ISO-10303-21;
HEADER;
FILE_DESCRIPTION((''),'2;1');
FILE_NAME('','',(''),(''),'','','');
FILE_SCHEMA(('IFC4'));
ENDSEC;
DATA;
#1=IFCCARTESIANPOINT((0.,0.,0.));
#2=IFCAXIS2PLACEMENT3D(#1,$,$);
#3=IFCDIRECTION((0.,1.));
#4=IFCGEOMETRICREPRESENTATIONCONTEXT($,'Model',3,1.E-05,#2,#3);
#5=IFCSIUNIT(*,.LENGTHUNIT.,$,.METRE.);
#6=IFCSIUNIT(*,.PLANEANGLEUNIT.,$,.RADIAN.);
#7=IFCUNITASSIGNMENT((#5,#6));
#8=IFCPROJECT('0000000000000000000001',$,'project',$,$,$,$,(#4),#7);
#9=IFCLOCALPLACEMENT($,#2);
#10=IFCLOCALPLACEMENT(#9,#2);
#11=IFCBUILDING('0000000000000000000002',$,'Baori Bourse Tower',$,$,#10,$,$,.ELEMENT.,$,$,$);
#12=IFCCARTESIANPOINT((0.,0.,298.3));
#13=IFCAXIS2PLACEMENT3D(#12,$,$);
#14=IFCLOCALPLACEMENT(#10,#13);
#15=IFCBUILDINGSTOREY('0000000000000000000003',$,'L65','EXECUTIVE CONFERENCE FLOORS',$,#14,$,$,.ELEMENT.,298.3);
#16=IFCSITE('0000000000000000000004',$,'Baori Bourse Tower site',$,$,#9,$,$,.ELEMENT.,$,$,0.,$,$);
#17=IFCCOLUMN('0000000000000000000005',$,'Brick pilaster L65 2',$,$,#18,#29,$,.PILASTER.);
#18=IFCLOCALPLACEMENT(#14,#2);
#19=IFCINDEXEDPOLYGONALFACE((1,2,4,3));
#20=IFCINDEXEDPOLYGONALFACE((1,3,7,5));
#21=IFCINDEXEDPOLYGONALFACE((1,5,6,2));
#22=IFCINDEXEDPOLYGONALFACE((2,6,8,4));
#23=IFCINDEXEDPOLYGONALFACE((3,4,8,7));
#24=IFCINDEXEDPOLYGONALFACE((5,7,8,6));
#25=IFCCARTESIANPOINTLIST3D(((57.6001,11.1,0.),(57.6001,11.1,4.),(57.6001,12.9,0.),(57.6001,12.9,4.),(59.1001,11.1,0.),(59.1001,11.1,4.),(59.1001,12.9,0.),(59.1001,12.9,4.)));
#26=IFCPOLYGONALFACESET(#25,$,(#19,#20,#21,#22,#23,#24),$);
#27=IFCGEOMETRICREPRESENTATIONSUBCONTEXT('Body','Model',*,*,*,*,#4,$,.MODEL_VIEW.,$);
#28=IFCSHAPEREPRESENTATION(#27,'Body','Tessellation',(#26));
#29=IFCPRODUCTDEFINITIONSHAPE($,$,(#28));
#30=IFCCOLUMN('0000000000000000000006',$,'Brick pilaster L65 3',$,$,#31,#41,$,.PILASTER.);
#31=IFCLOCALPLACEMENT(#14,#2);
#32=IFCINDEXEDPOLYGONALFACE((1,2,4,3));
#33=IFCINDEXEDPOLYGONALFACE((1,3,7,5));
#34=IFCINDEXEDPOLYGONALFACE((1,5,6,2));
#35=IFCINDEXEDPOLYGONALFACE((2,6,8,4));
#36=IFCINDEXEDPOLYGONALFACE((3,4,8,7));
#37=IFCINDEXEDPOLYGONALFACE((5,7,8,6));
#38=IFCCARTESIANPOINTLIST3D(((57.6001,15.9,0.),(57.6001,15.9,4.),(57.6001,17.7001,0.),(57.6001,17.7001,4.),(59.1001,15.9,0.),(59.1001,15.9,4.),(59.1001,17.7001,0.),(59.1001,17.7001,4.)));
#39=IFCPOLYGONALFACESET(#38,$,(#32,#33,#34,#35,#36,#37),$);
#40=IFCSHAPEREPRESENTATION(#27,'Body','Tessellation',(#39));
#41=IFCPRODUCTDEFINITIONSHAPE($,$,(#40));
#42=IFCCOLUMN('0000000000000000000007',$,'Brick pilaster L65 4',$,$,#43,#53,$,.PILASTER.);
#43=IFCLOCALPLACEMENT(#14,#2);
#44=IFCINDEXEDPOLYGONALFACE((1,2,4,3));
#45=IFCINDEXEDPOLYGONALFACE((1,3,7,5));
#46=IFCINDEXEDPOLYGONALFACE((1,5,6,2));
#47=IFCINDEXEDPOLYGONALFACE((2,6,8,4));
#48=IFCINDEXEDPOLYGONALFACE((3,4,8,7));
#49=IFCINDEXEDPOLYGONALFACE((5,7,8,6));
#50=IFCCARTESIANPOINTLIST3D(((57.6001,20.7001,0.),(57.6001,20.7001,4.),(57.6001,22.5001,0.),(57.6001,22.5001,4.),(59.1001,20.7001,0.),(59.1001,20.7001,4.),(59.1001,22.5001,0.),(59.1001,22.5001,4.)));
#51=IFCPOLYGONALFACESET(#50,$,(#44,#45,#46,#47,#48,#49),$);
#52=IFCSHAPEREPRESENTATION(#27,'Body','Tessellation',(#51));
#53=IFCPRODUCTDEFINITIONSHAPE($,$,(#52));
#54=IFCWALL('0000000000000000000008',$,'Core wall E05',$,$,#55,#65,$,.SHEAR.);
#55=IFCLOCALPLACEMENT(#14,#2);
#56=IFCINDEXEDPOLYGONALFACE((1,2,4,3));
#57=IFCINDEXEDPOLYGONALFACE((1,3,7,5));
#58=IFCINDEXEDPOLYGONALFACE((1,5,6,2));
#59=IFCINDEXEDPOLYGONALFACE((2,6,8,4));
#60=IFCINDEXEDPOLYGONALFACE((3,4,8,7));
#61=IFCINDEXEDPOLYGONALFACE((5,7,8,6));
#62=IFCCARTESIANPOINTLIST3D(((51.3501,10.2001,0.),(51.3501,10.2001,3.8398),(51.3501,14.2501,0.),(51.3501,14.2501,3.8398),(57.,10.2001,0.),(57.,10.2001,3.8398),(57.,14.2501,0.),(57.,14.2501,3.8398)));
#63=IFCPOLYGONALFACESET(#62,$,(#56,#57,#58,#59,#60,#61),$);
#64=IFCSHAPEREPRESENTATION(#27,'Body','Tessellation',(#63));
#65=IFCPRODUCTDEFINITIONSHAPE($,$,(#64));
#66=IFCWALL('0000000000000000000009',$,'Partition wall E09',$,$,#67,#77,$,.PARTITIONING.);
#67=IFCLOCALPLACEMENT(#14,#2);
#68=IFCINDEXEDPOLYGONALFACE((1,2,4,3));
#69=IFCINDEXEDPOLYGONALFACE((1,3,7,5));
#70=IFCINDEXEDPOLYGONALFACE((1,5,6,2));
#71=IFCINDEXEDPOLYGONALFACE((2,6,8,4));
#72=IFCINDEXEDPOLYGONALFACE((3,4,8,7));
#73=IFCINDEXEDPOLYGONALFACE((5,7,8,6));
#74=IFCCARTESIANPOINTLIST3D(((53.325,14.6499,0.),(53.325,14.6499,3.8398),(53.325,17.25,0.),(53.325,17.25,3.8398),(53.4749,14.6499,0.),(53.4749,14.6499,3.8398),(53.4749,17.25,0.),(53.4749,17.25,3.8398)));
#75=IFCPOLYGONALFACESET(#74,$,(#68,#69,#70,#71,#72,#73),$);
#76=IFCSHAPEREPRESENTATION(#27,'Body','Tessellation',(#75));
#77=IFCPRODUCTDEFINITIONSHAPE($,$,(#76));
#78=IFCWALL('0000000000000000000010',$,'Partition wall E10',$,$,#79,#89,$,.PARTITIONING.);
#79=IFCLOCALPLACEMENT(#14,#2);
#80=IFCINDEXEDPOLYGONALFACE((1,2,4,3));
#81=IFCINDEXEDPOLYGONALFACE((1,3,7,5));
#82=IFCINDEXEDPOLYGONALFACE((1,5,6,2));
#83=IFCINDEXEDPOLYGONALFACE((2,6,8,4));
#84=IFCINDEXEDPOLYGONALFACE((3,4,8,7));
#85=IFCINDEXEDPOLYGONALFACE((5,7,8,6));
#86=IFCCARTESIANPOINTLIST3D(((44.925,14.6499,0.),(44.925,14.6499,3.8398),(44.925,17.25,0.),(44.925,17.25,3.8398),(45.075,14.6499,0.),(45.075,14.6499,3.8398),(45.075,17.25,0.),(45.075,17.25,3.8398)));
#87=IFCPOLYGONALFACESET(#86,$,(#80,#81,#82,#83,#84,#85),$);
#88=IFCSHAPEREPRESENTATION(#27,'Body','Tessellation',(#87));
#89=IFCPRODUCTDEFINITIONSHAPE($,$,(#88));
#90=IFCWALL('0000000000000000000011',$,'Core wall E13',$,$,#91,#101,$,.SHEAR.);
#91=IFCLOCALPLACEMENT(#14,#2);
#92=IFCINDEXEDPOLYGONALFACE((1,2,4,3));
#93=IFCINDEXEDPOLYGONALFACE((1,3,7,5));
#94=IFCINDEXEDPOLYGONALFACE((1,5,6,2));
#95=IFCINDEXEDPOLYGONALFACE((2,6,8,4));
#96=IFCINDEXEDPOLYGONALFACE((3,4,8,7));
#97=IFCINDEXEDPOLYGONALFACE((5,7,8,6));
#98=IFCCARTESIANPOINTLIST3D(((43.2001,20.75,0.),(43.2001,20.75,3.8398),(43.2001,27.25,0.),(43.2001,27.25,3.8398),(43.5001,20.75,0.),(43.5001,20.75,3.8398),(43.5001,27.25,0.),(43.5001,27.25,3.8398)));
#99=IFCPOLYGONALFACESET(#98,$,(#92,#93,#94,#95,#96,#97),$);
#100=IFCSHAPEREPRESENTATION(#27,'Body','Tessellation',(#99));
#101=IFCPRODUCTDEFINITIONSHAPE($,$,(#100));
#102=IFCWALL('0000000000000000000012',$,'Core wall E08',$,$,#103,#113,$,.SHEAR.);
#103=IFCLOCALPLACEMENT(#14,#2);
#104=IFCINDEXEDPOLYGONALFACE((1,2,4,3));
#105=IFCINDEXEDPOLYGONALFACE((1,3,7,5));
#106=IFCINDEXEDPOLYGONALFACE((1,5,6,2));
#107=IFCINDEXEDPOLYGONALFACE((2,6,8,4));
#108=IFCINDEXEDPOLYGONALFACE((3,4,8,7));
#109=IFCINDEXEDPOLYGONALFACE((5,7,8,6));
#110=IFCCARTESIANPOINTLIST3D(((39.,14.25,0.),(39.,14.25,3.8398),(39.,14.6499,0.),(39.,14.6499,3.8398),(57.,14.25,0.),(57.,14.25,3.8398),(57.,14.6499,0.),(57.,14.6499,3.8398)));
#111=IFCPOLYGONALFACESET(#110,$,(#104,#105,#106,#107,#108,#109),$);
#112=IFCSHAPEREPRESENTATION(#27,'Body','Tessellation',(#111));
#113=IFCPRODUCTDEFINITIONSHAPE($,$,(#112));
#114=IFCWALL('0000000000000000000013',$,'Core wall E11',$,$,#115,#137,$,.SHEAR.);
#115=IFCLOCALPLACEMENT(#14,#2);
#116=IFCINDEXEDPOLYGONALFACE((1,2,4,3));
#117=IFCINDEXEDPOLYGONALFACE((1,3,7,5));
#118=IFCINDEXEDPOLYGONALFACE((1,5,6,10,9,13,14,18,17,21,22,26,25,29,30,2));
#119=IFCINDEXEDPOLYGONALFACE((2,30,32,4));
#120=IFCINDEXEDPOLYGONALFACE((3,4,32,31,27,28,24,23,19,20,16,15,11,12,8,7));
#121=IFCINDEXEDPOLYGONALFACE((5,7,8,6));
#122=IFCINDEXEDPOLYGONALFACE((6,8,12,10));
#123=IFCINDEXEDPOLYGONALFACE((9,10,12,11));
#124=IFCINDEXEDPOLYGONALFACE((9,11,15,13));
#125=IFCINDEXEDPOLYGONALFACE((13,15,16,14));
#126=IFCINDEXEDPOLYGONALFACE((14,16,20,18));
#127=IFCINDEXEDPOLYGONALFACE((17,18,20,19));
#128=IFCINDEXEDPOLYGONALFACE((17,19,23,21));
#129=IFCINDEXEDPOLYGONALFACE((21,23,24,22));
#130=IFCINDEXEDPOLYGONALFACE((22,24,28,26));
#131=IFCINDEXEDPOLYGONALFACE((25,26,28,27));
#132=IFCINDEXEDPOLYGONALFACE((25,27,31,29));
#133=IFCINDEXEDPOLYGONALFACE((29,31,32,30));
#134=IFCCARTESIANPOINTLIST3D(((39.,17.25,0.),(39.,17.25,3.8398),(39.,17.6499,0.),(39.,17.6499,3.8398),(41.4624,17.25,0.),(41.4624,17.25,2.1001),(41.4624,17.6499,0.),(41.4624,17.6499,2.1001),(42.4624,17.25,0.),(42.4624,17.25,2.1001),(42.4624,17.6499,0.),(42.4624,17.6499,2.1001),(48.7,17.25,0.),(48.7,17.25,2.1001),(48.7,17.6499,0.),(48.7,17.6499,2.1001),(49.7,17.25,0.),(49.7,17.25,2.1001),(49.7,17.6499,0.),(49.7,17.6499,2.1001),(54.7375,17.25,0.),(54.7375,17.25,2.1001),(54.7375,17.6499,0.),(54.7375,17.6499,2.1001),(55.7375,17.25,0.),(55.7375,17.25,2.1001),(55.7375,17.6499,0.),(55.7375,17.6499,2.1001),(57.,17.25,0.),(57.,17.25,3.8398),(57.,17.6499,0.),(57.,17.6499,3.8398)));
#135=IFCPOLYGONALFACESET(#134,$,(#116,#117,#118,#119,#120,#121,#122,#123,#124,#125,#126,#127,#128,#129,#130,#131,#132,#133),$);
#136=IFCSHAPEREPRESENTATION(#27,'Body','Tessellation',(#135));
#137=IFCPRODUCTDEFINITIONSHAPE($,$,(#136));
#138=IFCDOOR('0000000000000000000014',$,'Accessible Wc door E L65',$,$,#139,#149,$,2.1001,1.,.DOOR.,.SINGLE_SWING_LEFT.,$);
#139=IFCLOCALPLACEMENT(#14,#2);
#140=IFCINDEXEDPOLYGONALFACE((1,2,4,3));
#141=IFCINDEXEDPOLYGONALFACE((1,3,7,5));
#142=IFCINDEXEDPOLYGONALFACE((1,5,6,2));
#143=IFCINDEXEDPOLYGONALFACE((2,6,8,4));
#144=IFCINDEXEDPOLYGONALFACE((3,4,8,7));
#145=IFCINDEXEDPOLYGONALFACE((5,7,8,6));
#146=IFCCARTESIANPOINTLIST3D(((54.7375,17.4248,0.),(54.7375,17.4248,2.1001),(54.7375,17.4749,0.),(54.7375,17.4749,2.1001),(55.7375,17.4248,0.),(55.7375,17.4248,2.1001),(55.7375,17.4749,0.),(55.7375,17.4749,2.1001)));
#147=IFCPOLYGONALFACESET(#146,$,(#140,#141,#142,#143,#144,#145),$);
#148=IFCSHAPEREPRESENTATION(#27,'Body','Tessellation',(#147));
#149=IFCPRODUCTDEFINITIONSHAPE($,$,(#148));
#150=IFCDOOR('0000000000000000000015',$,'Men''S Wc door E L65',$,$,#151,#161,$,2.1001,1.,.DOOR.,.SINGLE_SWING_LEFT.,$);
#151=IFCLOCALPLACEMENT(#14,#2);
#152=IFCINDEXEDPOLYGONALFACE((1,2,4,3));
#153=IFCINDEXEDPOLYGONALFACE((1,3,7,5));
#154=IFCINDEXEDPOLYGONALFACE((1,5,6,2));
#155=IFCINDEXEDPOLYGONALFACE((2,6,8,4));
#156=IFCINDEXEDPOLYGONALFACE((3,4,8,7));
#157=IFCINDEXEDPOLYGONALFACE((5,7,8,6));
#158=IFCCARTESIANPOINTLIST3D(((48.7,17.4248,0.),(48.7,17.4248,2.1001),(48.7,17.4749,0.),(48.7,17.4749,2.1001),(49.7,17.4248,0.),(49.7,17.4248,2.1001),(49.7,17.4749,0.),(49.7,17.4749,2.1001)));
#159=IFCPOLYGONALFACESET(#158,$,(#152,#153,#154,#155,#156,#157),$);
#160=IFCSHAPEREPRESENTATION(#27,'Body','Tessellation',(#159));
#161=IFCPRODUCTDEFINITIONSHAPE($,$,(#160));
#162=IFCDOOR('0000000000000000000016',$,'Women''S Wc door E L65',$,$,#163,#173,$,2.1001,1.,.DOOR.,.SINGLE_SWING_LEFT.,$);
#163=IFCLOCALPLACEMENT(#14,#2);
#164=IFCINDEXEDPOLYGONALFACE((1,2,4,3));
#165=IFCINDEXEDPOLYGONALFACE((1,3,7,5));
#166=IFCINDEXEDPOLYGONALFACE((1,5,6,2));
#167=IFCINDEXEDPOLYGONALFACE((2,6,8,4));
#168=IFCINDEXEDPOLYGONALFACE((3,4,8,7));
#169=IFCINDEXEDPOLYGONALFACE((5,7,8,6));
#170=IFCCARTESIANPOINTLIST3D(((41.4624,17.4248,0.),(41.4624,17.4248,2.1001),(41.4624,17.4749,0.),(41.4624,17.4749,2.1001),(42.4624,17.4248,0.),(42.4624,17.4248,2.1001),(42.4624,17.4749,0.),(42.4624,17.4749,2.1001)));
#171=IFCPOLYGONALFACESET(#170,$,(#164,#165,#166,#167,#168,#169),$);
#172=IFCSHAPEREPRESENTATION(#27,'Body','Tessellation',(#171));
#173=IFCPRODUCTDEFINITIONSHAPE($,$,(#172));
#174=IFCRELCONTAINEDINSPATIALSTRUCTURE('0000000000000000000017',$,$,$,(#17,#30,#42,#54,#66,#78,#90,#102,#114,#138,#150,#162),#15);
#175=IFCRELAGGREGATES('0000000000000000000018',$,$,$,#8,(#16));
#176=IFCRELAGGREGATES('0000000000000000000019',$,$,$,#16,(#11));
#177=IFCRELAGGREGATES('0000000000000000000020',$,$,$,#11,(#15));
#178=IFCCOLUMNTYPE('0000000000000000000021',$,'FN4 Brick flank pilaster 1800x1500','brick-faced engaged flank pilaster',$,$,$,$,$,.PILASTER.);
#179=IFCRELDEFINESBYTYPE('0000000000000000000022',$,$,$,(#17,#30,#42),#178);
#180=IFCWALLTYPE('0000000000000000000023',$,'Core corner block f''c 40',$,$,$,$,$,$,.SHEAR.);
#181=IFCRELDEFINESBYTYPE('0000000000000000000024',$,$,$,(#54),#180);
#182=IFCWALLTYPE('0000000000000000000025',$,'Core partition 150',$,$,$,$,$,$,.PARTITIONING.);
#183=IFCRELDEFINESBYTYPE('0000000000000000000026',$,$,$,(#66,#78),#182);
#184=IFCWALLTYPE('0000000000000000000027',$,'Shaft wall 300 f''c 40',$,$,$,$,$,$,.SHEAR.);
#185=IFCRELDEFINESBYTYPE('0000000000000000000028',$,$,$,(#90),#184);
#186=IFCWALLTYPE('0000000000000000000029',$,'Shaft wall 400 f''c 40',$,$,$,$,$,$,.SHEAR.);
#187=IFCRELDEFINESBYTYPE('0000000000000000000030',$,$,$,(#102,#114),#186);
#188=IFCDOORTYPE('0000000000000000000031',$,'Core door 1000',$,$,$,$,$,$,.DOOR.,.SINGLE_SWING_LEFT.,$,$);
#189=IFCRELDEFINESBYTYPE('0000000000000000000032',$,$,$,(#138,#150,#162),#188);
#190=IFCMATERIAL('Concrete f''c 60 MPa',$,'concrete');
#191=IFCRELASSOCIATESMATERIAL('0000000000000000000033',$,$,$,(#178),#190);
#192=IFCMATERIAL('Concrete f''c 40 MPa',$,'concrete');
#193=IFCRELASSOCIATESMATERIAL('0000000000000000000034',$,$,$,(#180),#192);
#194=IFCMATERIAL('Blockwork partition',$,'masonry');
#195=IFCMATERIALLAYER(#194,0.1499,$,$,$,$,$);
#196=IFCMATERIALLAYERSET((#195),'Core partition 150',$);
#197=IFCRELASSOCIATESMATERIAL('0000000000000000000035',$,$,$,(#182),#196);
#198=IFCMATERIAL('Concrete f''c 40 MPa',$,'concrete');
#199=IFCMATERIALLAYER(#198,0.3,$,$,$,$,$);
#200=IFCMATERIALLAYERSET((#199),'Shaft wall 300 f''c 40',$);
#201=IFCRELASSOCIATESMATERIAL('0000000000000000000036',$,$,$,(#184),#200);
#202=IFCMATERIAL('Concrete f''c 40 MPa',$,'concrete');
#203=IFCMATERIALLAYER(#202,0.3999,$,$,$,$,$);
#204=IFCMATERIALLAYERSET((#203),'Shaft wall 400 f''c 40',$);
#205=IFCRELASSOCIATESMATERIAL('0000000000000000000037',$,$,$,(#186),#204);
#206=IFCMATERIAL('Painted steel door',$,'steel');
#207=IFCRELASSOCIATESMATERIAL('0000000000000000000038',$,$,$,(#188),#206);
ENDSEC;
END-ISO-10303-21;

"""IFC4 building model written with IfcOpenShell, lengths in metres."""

from ifc_helpers import new_model, si_unit, direction, frame, frame_2d, origin, origin_2d, place, context, subcontext, project, spatial, rectangle, extrude, material, layer, layer_set, material_profile, profile_set, type_object, element, fill, save


model = new_model("IFC4")

# Units and contexts
model_context = context("Model", 3, precision=1e-05, world=origin(), true_north=direction((0.0, 1.0)))
body_context = subcontext(model_context, "Body", "Model", "MODEL_VIEW")
ifc_project = project(units=[si_unit("LENGTHUNIT", "METRE"), si_unit("PLANEANGLEUNIT", "RADIAN")], contexts=[model_context])

# Site, building, storey
site_placement = place(None, origin())
site = spatial("IfcSite", under=ifc_project, at=site_placement, Name="Baori Bourse Tower site", CompositionType="ELEMENT", RefElevation=0.0)
building_placement = place(site_placement, origin())
building = spatial("IfcBuilding", under=site, at=building_placement, Name="Baori Bourse Tower", CompositionType="ELEMENT")
storey_placement = place(building_placement, frame((0.0, 0.0, 298.3)))
storey = spatial("IfcBuildingStorey", under=building, at=storey_placement, Name="L65", Description="EXECUTIVE CONFERENCE FLOORS", CompositionType="ELEMENT", Elevation=298.3)

# Columns
ifc_material_1 = material(Name="Concrete f'c 60 MPa", Category="concrete")
ifc_material_profile = material_profile(ifc_material_1, rectangle(XDim=1.8, YDim=1.5, at=origin_2d()), Name="RC 1800x1500")
ifc_profile_set = profile_set([ifc_material_profile], Name="Concrete f'c 60 MPa")
column_type = type_object("IfcColumnType", Name="FN4 Brick flank pilaster 1800x1500", Description="brick-faced engaged flank pilaster", PredefinedType="PILASTER", material=ifc_profile_set)
for number, where, z_axis, x_axis, name in (
    (1, (58.3501, 12.0, 0.0), (0.0, 0.0, 1.0), (0.0, 1.0, 0.0), "Brick pilaster L65 2"),
    (2, (58.3501, 16.8, 0.0), (0.0, 0.0, 1.0), (0.0, 1.0, 0.0), "Brick pilaster L65 3"),
    (3, (58.3501, 21.6001, 0.0), (0.0, 0.0, 1.0), (0.0, 1.0, 0.0), "Brick pilaster L65 4"),
):
    element("IfcColumn", number, at=place(storey_placement, frame(where, z_axis=z_axis, x_axis=x_axis)), inside=storey, type_object=column_type, Name=name, PredefinedType="PILASTER", context=body_context, shape_type="SweptSolid", body=[
        extrude(rectangle(XDim=1.8, YDim=1.5, at=origin_2d()), origin(), (0.0, 0.0, 1.0), 4.0),
    ])

# Walls
ifc_material_2 = material(Name="Concrete f'c 40 MPa", Category="concrete")
wall_type_1 = type_object("IfcWallType", Name="Core corner block f'c 40", PredefinedType="SHEAR", material=ifc_material_2)
wall_1_placement = place(storey_placement, frame((51.3501, 12.2251, 0.0), z_axis=(0.0, 0.0, 1.0), x_axis=(1.0, 0.0, 0.0)))
element("IfcWall", 4, at=wall_1_placement, inside=storey, type_object=wall_type_1, Name="Core wall E05", PredefinedType="SHEAR", context=body_context, shape_type="SweptSolid", body=[
    extrude(rectangle(XDim=5.6499, YDim=4.05, at=frame_2d((2.825, 0.0))), origin(), (0.0, 0.0, 1.0), 3.8398),
])
ifc_material_3 = material(Name="Blockwork partition", Category="masonry")
ifc_layer_1 = layer(ifc_material_3, 0.1499)
ifc_layer_set_1 = layer_set([ifc_layer_1], Name="Core partition 150")
wall_type_2 = type_object("IfcWallType", Name="Core partition 150", PredefinedType="PARTITIONING", material=ifc_layer_set_1)
for number, where, z_axis, x_axis, name in (
    (5, (53.3999, 14.6499, 0.0), (0.0, 0.0, 1.0), (0.0, 1.0, 0.0), "Partition wall E09"),
    (6, (45.0, 14.6499, 0.0), (0.0, 0.0, 1.0), (0.0, 1.0, 0.0), "Partition wall E10"),
):
    element("IfcWall", number, at=place(storey_placement, frame(where, z_axis=z_axis, x_axis=x_axis)), inside=storey, type_object=wall_type_2, Name=name, PredefinedType="PARTITIONING", context=body_context, shape_type="SweptSolid", body=[
        extrude(rectangle(XDim=2.6001, YDim=0.1499, at=frame_2d((1.3, 0.0))), origin(), (0.0, 0.0, 1.0), 3.8398),
    ])
ifc_material_4 = material(Name="Concrete f'c 40 MPa", Category="concrete")
ifc_layer_2 = layer(ifc_material_4, 0.3)
ifc_layer_set_2 = layer_set([ifc_layer_2], Name="Shaft wall 300 f'c 40")
wall_type_3 = type_object("IfcWallType", Name="Shaft wall 300 f'c 40", PredefinedType="SHEAR", material=ifc_layer_set_2)
wall_2_placement = place(storey_placement, frame((43.3501, 20.75, 0.0), z_axis=(0.0, 0.0, 1.0), x_axis=(0.0, 1.0, 0.0)))
element("IfcWall", 7, at=wall_2_placement, inside=storey, type_object=wall_type_3, Name="Core wall E13", PredefinedType="SHEAR", context=body_context, shape_type="SweptSolid", body=[
    extrude(rectangle(XDim=6.5, YDim=0.3, at=frame_2d((3.25, 0.0))), origin(), (0.0, 0.0, 1.0), 3.8398),
])
ifc_material_5 = material(Name="Concrete f'c 40 MPa", Category="concrete")
ifc_layer_3 = layer(ifc_material_5, 0.3999)
ifc_layer_set_3 = layer_set([ifc_layer_3], Name="Shaft wall 400 f'c 40")
wall_type_4 = type_object("IfcWallType", Name="Shaft wall 400 f'c 40", PredefinedType="SHEAR", material=ifc_layer_set_3)
wall_3_placement = place(storey_placement, frame((39.0, 14.45, 0.0), z_axis=(0.0, 0.0, 1.0), x_axis=(1.0, 0.0, 0.0)))
element("IfcWall", 8, at=wall_3_placement, inside=storey, type_object=wall_type_4, Name="Core wall E08", PredefinedType="SHEAR", context=body_context, shape_type="SweptSolid", body=[
    extrude(rectangle(XDim=18.0, YDim=0.3999, at=frame_2d((9.0, 0.0))), origin(), (0.0, 0.0, 1.0), 3.8398),
])

# Wall, openings, doors
wall_4_placement = place(storey_placement, frame((39.0, 17.45, 0.0), z_axis=(0.0, 0.0, 1.0), x_axis=(1.0, 0.0, 0.0)))
wall_4 = element("IfcWall", 9, at=wall_4_placement, inside=storey, type_object=wall_type_4, Name="Core wall E11", PredefinedType="SHEAR", context=body_context, shape_type="SweptSolid", body=[
    extrude(rectangle(XDim=18.0, YDim=0.3999, at=frame_2d((9.0, 0.0))), origin(), (0.0, 0.0, 1.0), 3.8398),
])
opening_1_placement = place(wall_4_placement, frame((15.7375, 0.0, 0.0)))
opening_1 = element("IfcOpeningElement", 10, at=opening_1_placement, cuts=wall_4, PredefinedType="OPENING", context=body_context, shape_type="SweptSolid", body=[
    extrude(rectangle(XDim=1.0, YDim=2.1001, at=frame_2d((0.5, 1.05))), frame((0.0, 0.21, 0.0), z_axis=(0.0, -1.0, 0.0), x_axis=(1.0, 0.0, 0.0)), (0.0, 0.0, 1.0), 0.4199),
])
opening_2_placement = place(wall_4_placement, frame((9.7, 0.0, 0.0)))
opening_2 = element("IfcOpeningElement", 11, at=opening_2_placement, cuts=wall_4, PredefinedType="OPENING", context=body_context, shape_type="SweptSolid", body=[
    extrude(rectangle(XDim=1.0, YDim=2.1001, at=frame_2d((0.5, 1.05))), frame((0.0, 0.21, 0.0), z_axis=(0.0, -1.0, 0.0), x_axis=(1.0, 0.0, 0.0)), (0.0, 0.0, 1.0), 0.4199),
])
opening_3_placement = place(wall_4_placement, frame((2.4624, 0.0, 0.0)))
opening_3 = element("IfcOpeningElement", 12, at=opening_3_placement, cuts=wall_4, PredefinedType="OPENING", context=body_context, shape_type="SweptSolid", body=[
    extrude(rectangle(XDim=1.0, YDim=2.1001, at=frame_2d((0.5, 1.05))), frame((0.0, 0.21, 0.0), z_axis=(0.0, -1.0, 0.0), x_axis=(1.0, 0.0, 0.0)), (0.0, 0.0, 1.0), 0.4199),
])
ifc_material_6 = material(Name="Painted steel door", Category="steel")
door_type_1 = type_object("IfcDoorType", Name="Core door 1000", OperationType="SINGLE_SWING_LEFT", PredefinedType="DOOR", material=ifc_material_6)
door_1_placement = place(opening_1_placement, origin())
door_1 = element("IfcDoor", 13, at=door_1_placement, inside=storey, type_object=door_type_1, Name="Accessible Wc door E L65", OperationType="SINGLE_SWING_LEFT", OverallHeight=2.1001, OverallWidth=1.0, PredefinedType="DOOR", context=body_context, shape_type="SweptSolid", body=[
    extrude(rectangle(XDim=1.0, YDim=2.1001, at=frame_2d((0.5, 1.05))), frame((0.0, 0.0249, 0.0), z_axis=(0.0, -1.0, 0.0), x_axis=(1.0, 0.0, 0.0)), (0.0, 0.0, 1.0), 0.05),
])
fill(opening_1, door_1)
door_2_placement = place(opening_2_placement, origin())
door_2 = element("IfcDoor", 14, at=door_2_placement, inside=storey, type_object=door_type_1, Name="Men'S Wc door E L65", OperationType="SINGLE_SWING_LEFT", OverallHeight=2.1001, OverallWidth=1.0, PredefinedType="DOOR", context=body_context, shape_type="SweptSolid", body=[
    extrude(rectangle(XDim=1.0, YDim=2.1001, at=frame_2d((0.5, 1.05))), frame((0.0, 0.0249, 0.0), z_axis=(0.0, -1.0, 0.0), x_axis=(1.0, 0.0, 0.0)), (0.0, 0.0, 1.0), 0.05),
])
fill(opening_2, door_2)
door_3_placement = place(opening_3_placement, origin())
door_3 = element("IfcDoor", 15, at=door_3_placement, inside=storey, type_object=door_type_1, Name="Women'S Wc door E L65", OperationType="SINGLE_SWING_LEFT", OverallHeight=2.1001, OverallWidth=1.0, PredefinedType="DOOR", context=body_context, shape_type="SweptSolid", body=[
    extrude(rectangle(XDim=1.0, YDim=2.1001, at=frame_2d((0.5, 1.05))), frame((0.0, 0.0249, 0.0), z_axis=(0.0, -1.0, 0.0), x_axis=(1.0, 0.0, 0.0)), (0.0, 0.0, 1.0), 0.05),
])
fill(opening_3, door_3)

save(model, "model.ifc")
